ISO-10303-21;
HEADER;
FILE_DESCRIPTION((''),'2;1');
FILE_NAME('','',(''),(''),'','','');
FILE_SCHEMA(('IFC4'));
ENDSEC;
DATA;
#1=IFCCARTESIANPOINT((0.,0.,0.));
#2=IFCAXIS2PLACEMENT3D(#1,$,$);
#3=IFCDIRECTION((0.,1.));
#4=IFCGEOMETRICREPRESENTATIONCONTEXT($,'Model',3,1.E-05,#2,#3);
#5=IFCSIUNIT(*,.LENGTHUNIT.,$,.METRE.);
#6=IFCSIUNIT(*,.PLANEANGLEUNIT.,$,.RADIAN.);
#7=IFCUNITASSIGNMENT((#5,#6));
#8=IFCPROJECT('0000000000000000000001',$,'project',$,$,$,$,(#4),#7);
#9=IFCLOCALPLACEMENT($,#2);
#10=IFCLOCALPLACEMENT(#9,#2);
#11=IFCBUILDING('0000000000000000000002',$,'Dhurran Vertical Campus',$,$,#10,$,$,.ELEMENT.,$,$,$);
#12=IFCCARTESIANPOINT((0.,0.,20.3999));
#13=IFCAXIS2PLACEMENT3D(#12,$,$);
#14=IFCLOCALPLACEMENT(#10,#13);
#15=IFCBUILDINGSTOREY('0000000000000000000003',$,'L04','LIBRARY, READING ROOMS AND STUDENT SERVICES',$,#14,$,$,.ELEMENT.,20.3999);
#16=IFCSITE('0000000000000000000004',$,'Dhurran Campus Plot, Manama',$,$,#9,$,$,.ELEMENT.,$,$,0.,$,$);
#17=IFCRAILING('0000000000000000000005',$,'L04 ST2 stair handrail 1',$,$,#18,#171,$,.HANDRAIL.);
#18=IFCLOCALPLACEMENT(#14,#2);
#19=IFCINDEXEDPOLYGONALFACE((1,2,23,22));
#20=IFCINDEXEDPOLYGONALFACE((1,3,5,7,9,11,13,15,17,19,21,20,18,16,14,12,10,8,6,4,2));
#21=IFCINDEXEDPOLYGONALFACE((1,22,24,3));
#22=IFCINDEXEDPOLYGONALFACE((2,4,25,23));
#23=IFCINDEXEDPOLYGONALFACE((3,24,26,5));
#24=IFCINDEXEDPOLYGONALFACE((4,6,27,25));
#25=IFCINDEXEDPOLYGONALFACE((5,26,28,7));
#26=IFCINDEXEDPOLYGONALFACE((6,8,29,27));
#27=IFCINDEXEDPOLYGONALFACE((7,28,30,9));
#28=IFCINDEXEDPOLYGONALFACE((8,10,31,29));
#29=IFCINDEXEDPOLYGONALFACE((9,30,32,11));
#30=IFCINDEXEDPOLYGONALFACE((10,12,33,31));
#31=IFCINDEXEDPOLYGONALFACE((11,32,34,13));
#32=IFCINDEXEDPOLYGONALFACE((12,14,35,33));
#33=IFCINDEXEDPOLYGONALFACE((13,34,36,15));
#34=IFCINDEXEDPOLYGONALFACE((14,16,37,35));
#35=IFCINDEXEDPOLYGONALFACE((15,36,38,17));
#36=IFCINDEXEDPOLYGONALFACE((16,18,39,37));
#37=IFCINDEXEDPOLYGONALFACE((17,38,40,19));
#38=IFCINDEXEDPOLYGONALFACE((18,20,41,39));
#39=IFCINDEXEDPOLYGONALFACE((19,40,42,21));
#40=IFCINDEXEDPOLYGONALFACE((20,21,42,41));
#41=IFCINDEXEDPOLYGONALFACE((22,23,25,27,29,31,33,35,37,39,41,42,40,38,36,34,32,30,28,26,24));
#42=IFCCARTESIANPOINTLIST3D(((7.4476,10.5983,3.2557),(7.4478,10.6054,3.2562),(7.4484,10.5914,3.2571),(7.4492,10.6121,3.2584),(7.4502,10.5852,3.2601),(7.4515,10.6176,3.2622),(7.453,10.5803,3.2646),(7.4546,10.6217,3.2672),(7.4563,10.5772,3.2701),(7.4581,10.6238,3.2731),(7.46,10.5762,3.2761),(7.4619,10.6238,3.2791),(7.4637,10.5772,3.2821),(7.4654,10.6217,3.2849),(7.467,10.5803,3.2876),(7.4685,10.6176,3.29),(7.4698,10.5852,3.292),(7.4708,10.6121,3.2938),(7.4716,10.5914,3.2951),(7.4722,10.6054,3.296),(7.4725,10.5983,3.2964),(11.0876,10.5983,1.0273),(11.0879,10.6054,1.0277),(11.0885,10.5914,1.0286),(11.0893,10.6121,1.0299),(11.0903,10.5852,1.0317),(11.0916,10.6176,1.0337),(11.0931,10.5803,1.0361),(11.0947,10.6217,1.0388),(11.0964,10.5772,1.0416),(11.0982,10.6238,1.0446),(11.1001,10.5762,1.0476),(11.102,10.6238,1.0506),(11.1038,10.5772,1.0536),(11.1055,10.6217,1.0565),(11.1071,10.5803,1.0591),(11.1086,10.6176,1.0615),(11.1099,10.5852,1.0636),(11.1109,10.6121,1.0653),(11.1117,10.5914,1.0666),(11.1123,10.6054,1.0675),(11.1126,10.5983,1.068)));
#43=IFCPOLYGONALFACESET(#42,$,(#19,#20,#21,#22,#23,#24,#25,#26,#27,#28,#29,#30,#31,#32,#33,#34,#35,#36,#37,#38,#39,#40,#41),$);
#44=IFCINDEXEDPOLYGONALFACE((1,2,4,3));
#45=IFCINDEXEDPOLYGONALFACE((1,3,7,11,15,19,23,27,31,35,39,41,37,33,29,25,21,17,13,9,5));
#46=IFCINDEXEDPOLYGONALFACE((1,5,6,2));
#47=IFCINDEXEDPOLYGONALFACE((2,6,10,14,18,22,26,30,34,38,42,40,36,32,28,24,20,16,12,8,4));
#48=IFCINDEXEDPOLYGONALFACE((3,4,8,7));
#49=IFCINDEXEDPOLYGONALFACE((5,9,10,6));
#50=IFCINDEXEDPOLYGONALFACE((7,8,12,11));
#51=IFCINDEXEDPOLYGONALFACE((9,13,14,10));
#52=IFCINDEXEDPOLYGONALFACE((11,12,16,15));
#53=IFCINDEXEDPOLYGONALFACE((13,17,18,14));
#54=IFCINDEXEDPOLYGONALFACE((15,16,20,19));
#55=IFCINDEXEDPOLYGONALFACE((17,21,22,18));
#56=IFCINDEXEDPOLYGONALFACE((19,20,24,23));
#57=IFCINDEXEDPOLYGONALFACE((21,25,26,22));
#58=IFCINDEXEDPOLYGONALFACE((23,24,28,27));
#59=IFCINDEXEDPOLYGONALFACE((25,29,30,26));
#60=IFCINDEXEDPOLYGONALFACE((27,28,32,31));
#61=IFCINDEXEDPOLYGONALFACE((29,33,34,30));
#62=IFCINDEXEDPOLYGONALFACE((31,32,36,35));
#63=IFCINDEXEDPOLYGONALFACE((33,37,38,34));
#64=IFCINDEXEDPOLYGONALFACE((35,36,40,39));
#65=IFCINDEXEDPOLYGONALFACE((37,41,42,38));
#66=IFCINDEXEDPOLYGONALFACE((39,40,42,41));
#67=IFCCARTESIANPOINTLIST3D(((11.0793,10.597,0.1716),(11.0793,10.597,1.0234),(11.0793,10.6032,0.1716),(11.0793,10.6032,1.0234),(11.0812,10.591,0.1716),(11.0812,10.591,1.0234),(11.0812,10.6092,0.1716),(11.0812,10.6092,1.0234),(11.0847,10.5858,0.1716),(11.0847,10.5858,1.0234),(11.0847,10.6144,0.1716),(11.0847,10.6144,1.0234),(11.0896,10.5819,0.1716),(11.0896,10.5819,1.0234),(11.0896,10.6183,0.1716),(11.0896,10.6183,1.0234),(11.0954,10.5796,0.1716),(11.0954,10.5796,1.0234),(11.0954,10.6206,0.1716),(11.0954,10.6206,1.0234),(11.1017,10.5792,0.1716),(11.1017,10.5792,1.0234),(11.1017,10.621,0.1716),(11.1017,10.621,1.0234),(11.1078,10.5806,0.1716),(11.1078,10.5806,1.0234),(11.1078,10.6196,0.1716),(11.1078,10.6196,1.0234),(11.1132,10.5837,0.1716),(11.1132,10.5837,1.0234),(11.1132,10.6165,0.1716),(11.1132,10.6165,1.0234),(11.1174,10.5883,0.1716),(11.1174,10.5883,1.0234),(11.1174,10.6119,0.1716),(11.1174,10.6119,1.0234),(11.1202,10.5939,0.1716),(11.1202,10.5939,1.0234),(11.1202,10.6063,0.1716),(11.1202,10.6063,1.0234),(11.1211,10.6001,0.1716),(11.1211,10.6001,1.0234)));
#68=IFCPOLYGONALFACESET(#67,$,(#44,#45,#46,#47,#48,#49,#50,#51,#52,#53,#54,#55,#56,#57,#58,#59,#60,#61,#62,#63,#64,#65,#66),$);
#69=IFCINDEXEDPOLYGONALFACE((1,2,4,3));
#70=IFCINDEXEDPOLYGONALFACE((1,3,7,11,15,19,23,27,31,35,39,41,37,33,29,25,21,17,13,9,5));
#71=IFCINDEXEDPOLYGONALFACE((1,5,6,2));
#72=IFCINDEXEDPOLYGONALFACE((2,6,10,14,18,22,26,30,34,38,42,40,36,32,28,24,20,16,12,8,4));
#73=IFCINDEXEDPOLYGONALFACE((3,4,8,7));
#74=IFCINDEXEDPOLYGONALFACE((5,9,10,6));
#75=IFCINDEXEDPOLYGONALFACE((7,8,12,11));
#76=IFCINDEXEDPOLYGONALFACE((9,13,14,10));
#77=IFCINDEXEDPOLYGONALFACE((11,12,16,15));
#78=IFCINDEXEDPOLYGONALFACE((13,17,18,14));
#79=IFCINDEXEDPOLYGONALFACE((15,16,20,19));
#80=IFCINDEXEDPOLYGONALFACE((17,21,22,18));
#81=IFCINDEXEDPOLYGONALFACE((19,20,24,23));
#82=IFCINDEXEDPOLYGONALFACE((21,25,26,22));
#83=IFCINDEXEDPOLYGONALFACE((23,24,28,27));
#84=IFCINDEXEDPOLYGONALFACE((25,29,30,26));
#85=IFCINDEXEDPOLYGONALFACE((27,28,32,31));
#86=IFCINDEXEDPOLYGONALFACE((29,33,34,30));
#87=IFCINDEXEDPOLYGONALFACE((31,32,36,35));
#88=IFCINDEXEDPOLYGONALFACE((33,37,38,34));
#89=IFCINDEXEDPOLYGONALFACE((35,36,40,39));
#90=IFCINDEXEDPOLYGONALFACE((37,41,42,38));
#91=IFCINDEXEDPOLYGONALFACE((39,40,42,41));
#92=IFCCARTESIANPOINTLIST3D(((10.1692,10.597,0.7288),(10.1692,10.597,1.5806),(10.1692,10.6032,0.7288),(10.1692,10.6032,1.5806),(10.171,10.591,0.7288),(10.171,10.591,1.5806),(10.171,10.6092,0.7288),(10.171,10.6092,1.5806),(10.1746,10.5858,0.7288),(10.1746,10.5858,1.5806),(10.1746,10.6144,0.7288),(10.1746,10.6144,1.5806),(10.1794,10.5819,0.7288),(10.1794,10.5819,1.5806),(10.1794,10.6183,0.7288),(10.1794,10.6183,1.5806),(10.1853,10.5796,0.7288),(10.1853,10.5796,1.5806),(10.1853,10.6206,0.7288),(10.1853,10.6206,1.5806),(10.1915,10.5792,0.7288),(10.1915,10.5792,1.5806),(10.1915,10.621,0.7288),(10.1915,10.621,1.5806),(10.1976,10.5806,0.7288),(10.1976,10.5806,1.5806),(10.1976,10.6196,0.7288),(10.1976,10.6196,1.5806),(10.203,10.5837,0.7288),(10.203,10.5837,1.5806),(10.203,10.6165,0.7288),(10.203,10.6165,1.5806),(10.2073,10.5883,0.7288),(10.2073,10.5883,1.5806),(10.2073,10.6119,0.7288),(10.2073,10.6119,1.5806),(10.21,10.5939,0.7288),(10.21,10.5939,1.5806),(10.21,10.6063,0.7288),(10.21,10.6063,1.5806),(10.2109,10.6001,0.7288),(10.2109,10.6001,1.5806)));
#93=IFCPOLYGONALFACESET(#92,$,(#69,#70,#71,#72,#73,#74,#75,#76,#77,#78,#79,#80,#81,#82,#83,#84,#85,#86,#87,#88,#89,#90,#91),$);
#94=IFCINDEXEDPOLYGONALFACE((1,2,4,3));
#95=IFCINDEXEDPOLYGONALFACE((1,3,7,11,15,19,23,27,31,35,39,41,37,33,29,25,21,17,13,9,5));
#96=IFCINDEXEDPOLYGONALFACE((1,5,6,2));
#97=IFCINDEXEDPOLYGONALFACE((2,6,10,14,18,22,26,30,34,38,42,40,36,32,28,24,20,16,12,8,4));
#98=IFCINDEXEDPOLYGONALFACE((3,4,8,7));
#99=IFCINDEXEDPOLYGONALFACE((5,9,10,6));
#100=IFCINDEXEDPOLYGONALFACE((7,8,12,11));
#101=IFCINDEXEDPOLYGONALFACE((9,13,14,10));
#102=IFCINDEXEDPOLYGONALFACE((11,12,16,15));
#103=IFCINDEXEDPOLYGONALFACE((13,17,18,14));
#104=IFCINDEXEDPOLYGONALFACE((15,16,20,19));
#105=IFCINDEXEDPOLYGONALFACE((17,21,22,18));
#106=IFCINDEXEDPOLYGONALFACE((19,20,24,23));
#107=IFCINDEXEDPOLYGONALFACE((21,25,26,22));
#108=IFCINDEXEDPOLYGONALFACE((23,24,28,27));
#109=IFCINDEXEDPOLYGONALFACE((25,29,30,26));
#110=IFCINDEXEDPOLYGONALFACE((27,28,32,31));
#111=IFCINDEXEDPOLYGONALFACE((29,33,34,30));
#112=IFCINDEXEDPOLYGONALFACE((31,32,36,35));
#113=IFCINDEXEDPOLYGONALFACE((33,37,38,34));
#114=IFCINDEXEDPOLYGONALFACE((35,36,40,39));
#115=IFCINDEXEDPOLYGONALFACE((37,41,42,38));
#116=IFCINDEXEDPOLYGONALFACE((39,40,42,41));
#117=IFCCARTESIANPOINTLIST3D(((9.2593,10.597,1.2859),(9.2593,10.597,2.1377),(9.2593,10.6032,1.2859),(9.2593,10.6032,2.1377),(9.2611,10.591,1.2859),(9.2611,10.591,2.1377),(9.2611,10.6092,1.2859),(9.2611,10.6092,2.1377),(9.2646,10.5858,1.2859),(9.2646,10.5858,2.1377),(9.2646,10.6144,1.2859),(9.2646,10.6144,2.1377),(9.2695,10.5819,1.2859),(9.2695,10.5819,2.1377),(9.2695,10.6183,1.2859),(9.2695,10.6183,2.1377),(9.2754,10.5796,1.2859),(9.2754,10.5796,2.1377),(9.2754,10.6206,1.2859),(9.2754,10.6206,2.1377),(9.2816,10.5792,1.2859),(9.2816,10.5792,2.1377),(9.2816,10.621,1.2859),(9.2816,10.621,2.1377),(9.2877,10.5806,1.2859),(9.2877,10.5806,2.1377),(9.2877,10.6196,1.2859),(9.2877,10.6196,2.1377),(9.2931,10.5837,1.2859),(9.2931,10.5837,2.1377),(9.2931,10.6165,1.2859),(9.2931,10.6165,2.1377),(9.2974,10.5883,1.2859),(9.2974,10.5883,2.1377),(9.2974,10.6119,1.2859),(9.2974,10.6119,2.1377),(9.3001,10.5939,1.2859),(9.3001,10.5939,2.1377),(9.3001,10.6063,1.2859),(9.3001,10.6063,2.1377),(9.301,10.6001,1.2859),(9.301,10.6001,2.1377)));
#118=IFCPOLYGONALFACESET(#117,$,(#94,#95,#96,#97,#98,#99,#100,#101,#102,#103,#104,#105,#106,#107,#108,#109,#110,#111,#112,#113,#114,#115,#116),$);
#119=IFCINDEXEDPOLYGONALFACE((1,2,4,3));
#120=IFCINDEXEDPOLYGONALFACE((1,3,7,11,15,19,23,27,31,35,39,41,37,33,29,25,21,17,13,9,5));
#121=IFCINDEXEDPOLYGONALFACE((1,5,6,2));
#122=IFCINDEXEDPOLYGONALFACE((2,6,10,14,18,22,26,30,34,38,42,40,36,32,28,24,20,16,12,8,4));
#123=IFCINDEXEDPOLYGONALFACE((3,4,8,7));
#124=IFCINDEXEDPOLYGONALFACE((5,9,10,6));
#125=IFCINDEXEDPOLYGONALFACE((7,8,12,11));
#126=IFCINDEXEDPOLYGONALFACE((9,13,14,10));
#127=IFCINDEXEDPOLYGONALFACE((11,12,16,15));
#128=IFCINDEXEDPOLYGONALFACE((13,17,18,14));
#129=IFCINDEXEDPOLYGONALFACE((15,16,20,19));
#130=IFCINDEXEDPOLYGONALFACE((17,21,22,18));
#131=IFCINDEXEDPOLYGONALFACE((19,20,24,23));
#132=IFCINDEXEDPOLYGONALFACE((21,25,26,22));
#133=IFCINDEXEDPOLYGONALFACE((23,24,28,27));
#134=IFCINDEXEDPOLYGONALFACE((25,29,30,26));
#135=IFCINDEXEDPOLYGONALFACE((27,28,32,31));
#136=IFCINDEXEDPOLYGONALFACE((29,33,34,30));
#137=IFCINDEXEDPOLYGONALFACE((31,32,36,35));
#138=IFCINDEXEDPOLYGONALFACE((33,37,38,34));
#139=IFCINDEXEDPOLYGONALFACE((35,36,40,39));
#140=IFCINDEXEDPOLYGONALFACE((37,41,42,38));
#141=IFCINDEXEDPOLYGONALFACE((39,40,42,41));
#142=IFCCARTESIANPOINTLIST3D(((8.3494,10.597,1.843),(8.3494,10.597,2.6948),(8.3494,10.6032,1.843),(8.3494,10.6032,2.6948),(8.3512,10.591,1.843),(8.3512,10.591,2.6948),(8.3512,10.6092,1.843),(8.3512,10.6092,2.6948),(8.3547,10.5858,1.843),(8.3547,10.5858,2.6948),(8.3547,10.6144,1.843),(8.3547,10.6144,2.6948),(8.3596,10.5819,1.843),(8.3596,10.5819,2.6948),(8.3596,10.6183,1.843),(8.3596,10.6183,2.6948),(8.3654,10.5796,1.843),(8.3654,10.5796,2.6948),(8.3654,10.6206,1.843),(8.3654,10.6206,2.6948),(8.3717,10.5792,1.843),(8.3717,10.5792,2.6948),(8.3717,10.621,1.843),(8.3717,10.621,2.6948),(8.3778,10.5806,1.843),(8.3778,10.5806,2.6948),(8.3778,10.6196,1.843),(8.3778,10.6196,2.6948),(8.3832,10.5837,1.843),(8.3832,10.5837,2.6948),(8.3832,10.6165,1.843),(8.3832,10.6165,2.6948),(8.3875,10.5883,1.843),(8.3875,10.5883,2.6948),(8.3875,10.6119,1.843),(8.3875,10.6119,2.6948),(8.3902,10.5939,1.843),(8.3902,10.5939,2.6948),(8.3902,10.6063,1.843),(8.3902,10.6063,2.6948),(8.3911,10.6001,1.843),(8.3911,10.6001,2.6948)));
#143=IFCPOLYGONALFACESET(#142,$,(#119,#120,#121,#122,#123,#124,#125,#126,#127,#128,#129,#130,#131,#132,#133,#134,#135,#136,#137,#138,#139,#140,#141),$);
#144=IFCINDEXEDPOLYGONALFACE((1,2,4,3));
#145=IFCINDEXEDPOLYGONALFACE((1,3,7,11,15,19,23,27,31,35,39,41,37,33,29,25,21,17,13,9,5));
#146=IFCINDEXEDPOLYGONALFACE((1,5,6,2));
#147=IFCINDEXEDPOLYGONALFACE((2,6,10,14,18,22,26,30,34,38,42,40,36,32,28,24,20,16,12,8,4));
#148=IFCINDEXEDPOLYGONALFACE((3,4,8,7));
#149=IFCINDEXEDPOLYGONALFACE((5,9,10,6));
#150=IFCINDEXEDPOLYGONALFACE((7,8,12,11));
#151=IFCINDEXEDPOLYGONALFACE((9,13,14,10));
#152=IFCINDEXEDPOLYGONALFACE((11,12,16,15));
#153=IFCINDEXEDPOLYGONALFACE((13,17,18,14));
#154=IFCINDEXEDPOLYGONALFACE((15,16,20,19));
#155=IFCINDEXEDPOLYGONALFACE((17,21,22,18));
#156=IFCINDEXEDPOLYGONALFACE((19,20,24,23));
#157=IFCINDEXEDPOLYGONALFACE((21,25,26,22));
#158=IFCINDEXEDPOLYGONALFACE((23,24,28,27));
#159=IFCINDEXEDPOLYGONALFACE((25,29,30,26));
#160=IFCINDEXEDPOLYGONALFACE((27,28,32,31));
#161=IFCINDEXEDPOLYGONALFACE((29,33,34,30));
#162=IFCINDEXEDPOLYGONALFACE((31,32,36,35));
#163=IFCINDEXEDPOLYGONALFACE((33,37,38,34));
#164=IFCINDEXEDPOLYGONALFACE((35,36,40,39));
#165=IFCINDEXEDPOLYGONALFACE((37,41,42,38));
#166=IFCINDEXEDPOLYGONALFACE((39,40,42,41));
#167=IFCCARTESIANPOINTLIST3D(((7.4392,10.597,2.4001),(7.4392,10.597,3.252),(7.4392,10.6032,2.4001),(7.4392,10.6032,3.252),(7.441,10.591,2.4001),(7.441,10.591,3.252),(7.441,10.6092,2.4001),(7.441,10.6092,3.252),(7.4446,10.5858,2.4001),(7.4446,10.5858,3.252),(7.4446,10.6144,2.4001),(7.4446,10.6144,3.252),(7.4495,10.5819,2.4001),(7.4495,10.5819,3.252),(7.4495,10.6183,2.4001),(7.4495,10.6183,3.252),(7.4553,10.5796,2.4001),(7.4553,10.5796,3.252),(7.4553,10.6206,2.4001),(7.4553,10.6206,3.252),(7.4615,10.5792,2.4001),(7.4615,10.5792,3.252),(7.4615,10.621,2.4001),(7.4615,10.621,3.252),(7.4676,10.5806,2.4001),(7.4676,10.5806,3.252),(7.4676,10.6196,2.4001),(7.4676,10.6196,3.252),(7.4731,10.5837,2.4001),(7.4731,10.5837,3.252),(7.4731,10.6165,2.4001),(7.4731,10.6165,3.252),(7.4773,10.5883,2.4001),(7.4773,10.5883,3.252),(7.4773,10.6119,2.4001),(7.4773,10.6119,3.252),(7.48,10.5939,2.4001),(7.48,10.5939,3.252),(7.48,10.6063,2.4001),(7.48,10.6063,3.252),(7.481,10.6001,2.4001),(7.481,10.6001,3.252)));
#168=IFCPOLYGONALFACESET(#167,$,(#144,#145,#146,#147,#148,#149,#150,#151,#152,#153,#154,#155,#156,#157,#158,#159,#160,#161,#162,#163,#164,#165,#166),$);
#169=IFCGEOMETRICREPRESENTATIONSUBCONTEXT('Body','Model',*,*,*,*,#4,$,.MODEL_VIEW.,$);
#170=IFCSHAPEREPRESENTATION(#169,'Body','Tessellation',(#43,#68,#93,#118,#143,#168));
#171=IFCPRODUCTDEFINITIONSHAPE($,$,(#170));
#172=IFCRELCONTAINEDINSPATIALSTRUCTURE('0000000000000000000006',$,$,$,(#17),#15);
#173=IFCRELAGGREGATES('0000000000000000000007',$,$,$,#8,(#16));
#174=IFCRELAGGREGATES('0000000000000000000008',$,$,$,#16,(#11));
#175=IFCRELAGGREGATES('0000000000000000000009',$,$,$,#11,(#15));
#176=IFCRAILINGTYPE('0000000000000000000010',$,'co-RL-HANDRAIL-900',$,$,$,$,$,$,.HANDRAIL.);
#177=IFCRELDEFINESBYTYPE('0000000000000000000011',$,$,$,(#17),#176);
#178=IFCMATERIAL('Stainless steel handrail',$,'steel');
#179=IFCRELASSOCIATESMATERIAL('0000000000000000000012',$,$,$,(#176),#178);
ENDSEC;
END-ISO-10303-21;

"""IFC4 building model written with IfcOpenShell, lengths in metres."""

from ifc_helpers import new_model, si_unit, direction, frame, origin, origin_2d, place, context, subcontext, project, spatial, circle, extrude, material, type_object, element, save


model = new_model("IFC4")

# Units and contexts
model_context = context("Model", 3, precision=1e-05, world=origin(), true_north=direction((0.0, 1.0)))
body_context = subcontext(model_context, "Body", "Model", "MODEL_VIEW")
ifc_project = project(units=[si_unit("LENGTHUNIT", "METRE"), si_unit("PLANEANGLEUNIT", "RADIAN")], contexts=[model_context])

# Site, building, storey
site_placement = place(None, origin())
site = spatial("IfcSite", under=ifc_project, at=site_placement, Name="Dhurran Campus Plot, Manama", CompositionType="ELEMENT", RefElevation=0.0)
building_placement = place(site_placement, origin())
building = spatial("IfcBuilding", under=site, at=building_placement, Name="Dhurran Vertical Campus", CompositionType="ELEMENT")
storey_placement = place(building_placement, frame((0.0, 0.0, 20.3999)))
storey = spatial("IfcBuildingStorey", under=building, at=storey_placement, Name="L04", Description="LIBRARY, READING ROOMS AND STUDENT SERVICES", CompositionType="ELEMENT", Elevation=20.3999)

# Railing
ifc_material_1 = material(Name="Stainless steel handrail", Category="steel")
railing_type_1 = type_object("IfcRailingType", Name="co-RL-HANDRAIL-900", PredefinedType="HANDRAIL", material=ifc_material_1)
railing_1_placement = place(storey_placement, frame((11.1001, 10.6001, 0.1716)))
element("IfcRailing", 1, at=railing_1_placement, inside=storey, type_object=railing_type_1, Name="L04 ST2 stair handrail 1", PredefinedType="HANDRAIL", context=body_context, shape_type="SweptSolid", body=[
    extrude(circle(Radius=0.0239, at=origin_2d()), frame((0.0, 0.0, 0.876), z_axis=(-0.852866, 0.0, 0.52213), x_axis=(0.0, -1.0, 0.0)), (0.0, 0.0, 1.0), 4.2681),
    extrude(circle(Radius=0.021, at=origin_2d()), origin(), (0.0, 0.0, 1.0), 0.8518),
    extrude(circle(Radius=0.021, at=origin_2d()), frame((-0.9102, 0.0, 0.5571)), (0.0, 0.0, 1.0), 0.8518),
    extrude(circle(Radius=0.021, at=origin_2d()), frame((-1.8201, 0.0, 1.1143)), (0.0, 0.0, 1.0), 0.8518),
    extrude(circle(Radius=0.021, at=origin_2d()), frame((-2.73, 0.0, 1.6714)), (0.0, 0.0, 1.0), 0.8518),
    extrude(circle(Radius=0.021, at=origin_2d()), frame((-3.6401, 0.0, 2.2285)), (0.0, 0.0, 1.0), 0.8518),
])

save(model, "model.ifc")
